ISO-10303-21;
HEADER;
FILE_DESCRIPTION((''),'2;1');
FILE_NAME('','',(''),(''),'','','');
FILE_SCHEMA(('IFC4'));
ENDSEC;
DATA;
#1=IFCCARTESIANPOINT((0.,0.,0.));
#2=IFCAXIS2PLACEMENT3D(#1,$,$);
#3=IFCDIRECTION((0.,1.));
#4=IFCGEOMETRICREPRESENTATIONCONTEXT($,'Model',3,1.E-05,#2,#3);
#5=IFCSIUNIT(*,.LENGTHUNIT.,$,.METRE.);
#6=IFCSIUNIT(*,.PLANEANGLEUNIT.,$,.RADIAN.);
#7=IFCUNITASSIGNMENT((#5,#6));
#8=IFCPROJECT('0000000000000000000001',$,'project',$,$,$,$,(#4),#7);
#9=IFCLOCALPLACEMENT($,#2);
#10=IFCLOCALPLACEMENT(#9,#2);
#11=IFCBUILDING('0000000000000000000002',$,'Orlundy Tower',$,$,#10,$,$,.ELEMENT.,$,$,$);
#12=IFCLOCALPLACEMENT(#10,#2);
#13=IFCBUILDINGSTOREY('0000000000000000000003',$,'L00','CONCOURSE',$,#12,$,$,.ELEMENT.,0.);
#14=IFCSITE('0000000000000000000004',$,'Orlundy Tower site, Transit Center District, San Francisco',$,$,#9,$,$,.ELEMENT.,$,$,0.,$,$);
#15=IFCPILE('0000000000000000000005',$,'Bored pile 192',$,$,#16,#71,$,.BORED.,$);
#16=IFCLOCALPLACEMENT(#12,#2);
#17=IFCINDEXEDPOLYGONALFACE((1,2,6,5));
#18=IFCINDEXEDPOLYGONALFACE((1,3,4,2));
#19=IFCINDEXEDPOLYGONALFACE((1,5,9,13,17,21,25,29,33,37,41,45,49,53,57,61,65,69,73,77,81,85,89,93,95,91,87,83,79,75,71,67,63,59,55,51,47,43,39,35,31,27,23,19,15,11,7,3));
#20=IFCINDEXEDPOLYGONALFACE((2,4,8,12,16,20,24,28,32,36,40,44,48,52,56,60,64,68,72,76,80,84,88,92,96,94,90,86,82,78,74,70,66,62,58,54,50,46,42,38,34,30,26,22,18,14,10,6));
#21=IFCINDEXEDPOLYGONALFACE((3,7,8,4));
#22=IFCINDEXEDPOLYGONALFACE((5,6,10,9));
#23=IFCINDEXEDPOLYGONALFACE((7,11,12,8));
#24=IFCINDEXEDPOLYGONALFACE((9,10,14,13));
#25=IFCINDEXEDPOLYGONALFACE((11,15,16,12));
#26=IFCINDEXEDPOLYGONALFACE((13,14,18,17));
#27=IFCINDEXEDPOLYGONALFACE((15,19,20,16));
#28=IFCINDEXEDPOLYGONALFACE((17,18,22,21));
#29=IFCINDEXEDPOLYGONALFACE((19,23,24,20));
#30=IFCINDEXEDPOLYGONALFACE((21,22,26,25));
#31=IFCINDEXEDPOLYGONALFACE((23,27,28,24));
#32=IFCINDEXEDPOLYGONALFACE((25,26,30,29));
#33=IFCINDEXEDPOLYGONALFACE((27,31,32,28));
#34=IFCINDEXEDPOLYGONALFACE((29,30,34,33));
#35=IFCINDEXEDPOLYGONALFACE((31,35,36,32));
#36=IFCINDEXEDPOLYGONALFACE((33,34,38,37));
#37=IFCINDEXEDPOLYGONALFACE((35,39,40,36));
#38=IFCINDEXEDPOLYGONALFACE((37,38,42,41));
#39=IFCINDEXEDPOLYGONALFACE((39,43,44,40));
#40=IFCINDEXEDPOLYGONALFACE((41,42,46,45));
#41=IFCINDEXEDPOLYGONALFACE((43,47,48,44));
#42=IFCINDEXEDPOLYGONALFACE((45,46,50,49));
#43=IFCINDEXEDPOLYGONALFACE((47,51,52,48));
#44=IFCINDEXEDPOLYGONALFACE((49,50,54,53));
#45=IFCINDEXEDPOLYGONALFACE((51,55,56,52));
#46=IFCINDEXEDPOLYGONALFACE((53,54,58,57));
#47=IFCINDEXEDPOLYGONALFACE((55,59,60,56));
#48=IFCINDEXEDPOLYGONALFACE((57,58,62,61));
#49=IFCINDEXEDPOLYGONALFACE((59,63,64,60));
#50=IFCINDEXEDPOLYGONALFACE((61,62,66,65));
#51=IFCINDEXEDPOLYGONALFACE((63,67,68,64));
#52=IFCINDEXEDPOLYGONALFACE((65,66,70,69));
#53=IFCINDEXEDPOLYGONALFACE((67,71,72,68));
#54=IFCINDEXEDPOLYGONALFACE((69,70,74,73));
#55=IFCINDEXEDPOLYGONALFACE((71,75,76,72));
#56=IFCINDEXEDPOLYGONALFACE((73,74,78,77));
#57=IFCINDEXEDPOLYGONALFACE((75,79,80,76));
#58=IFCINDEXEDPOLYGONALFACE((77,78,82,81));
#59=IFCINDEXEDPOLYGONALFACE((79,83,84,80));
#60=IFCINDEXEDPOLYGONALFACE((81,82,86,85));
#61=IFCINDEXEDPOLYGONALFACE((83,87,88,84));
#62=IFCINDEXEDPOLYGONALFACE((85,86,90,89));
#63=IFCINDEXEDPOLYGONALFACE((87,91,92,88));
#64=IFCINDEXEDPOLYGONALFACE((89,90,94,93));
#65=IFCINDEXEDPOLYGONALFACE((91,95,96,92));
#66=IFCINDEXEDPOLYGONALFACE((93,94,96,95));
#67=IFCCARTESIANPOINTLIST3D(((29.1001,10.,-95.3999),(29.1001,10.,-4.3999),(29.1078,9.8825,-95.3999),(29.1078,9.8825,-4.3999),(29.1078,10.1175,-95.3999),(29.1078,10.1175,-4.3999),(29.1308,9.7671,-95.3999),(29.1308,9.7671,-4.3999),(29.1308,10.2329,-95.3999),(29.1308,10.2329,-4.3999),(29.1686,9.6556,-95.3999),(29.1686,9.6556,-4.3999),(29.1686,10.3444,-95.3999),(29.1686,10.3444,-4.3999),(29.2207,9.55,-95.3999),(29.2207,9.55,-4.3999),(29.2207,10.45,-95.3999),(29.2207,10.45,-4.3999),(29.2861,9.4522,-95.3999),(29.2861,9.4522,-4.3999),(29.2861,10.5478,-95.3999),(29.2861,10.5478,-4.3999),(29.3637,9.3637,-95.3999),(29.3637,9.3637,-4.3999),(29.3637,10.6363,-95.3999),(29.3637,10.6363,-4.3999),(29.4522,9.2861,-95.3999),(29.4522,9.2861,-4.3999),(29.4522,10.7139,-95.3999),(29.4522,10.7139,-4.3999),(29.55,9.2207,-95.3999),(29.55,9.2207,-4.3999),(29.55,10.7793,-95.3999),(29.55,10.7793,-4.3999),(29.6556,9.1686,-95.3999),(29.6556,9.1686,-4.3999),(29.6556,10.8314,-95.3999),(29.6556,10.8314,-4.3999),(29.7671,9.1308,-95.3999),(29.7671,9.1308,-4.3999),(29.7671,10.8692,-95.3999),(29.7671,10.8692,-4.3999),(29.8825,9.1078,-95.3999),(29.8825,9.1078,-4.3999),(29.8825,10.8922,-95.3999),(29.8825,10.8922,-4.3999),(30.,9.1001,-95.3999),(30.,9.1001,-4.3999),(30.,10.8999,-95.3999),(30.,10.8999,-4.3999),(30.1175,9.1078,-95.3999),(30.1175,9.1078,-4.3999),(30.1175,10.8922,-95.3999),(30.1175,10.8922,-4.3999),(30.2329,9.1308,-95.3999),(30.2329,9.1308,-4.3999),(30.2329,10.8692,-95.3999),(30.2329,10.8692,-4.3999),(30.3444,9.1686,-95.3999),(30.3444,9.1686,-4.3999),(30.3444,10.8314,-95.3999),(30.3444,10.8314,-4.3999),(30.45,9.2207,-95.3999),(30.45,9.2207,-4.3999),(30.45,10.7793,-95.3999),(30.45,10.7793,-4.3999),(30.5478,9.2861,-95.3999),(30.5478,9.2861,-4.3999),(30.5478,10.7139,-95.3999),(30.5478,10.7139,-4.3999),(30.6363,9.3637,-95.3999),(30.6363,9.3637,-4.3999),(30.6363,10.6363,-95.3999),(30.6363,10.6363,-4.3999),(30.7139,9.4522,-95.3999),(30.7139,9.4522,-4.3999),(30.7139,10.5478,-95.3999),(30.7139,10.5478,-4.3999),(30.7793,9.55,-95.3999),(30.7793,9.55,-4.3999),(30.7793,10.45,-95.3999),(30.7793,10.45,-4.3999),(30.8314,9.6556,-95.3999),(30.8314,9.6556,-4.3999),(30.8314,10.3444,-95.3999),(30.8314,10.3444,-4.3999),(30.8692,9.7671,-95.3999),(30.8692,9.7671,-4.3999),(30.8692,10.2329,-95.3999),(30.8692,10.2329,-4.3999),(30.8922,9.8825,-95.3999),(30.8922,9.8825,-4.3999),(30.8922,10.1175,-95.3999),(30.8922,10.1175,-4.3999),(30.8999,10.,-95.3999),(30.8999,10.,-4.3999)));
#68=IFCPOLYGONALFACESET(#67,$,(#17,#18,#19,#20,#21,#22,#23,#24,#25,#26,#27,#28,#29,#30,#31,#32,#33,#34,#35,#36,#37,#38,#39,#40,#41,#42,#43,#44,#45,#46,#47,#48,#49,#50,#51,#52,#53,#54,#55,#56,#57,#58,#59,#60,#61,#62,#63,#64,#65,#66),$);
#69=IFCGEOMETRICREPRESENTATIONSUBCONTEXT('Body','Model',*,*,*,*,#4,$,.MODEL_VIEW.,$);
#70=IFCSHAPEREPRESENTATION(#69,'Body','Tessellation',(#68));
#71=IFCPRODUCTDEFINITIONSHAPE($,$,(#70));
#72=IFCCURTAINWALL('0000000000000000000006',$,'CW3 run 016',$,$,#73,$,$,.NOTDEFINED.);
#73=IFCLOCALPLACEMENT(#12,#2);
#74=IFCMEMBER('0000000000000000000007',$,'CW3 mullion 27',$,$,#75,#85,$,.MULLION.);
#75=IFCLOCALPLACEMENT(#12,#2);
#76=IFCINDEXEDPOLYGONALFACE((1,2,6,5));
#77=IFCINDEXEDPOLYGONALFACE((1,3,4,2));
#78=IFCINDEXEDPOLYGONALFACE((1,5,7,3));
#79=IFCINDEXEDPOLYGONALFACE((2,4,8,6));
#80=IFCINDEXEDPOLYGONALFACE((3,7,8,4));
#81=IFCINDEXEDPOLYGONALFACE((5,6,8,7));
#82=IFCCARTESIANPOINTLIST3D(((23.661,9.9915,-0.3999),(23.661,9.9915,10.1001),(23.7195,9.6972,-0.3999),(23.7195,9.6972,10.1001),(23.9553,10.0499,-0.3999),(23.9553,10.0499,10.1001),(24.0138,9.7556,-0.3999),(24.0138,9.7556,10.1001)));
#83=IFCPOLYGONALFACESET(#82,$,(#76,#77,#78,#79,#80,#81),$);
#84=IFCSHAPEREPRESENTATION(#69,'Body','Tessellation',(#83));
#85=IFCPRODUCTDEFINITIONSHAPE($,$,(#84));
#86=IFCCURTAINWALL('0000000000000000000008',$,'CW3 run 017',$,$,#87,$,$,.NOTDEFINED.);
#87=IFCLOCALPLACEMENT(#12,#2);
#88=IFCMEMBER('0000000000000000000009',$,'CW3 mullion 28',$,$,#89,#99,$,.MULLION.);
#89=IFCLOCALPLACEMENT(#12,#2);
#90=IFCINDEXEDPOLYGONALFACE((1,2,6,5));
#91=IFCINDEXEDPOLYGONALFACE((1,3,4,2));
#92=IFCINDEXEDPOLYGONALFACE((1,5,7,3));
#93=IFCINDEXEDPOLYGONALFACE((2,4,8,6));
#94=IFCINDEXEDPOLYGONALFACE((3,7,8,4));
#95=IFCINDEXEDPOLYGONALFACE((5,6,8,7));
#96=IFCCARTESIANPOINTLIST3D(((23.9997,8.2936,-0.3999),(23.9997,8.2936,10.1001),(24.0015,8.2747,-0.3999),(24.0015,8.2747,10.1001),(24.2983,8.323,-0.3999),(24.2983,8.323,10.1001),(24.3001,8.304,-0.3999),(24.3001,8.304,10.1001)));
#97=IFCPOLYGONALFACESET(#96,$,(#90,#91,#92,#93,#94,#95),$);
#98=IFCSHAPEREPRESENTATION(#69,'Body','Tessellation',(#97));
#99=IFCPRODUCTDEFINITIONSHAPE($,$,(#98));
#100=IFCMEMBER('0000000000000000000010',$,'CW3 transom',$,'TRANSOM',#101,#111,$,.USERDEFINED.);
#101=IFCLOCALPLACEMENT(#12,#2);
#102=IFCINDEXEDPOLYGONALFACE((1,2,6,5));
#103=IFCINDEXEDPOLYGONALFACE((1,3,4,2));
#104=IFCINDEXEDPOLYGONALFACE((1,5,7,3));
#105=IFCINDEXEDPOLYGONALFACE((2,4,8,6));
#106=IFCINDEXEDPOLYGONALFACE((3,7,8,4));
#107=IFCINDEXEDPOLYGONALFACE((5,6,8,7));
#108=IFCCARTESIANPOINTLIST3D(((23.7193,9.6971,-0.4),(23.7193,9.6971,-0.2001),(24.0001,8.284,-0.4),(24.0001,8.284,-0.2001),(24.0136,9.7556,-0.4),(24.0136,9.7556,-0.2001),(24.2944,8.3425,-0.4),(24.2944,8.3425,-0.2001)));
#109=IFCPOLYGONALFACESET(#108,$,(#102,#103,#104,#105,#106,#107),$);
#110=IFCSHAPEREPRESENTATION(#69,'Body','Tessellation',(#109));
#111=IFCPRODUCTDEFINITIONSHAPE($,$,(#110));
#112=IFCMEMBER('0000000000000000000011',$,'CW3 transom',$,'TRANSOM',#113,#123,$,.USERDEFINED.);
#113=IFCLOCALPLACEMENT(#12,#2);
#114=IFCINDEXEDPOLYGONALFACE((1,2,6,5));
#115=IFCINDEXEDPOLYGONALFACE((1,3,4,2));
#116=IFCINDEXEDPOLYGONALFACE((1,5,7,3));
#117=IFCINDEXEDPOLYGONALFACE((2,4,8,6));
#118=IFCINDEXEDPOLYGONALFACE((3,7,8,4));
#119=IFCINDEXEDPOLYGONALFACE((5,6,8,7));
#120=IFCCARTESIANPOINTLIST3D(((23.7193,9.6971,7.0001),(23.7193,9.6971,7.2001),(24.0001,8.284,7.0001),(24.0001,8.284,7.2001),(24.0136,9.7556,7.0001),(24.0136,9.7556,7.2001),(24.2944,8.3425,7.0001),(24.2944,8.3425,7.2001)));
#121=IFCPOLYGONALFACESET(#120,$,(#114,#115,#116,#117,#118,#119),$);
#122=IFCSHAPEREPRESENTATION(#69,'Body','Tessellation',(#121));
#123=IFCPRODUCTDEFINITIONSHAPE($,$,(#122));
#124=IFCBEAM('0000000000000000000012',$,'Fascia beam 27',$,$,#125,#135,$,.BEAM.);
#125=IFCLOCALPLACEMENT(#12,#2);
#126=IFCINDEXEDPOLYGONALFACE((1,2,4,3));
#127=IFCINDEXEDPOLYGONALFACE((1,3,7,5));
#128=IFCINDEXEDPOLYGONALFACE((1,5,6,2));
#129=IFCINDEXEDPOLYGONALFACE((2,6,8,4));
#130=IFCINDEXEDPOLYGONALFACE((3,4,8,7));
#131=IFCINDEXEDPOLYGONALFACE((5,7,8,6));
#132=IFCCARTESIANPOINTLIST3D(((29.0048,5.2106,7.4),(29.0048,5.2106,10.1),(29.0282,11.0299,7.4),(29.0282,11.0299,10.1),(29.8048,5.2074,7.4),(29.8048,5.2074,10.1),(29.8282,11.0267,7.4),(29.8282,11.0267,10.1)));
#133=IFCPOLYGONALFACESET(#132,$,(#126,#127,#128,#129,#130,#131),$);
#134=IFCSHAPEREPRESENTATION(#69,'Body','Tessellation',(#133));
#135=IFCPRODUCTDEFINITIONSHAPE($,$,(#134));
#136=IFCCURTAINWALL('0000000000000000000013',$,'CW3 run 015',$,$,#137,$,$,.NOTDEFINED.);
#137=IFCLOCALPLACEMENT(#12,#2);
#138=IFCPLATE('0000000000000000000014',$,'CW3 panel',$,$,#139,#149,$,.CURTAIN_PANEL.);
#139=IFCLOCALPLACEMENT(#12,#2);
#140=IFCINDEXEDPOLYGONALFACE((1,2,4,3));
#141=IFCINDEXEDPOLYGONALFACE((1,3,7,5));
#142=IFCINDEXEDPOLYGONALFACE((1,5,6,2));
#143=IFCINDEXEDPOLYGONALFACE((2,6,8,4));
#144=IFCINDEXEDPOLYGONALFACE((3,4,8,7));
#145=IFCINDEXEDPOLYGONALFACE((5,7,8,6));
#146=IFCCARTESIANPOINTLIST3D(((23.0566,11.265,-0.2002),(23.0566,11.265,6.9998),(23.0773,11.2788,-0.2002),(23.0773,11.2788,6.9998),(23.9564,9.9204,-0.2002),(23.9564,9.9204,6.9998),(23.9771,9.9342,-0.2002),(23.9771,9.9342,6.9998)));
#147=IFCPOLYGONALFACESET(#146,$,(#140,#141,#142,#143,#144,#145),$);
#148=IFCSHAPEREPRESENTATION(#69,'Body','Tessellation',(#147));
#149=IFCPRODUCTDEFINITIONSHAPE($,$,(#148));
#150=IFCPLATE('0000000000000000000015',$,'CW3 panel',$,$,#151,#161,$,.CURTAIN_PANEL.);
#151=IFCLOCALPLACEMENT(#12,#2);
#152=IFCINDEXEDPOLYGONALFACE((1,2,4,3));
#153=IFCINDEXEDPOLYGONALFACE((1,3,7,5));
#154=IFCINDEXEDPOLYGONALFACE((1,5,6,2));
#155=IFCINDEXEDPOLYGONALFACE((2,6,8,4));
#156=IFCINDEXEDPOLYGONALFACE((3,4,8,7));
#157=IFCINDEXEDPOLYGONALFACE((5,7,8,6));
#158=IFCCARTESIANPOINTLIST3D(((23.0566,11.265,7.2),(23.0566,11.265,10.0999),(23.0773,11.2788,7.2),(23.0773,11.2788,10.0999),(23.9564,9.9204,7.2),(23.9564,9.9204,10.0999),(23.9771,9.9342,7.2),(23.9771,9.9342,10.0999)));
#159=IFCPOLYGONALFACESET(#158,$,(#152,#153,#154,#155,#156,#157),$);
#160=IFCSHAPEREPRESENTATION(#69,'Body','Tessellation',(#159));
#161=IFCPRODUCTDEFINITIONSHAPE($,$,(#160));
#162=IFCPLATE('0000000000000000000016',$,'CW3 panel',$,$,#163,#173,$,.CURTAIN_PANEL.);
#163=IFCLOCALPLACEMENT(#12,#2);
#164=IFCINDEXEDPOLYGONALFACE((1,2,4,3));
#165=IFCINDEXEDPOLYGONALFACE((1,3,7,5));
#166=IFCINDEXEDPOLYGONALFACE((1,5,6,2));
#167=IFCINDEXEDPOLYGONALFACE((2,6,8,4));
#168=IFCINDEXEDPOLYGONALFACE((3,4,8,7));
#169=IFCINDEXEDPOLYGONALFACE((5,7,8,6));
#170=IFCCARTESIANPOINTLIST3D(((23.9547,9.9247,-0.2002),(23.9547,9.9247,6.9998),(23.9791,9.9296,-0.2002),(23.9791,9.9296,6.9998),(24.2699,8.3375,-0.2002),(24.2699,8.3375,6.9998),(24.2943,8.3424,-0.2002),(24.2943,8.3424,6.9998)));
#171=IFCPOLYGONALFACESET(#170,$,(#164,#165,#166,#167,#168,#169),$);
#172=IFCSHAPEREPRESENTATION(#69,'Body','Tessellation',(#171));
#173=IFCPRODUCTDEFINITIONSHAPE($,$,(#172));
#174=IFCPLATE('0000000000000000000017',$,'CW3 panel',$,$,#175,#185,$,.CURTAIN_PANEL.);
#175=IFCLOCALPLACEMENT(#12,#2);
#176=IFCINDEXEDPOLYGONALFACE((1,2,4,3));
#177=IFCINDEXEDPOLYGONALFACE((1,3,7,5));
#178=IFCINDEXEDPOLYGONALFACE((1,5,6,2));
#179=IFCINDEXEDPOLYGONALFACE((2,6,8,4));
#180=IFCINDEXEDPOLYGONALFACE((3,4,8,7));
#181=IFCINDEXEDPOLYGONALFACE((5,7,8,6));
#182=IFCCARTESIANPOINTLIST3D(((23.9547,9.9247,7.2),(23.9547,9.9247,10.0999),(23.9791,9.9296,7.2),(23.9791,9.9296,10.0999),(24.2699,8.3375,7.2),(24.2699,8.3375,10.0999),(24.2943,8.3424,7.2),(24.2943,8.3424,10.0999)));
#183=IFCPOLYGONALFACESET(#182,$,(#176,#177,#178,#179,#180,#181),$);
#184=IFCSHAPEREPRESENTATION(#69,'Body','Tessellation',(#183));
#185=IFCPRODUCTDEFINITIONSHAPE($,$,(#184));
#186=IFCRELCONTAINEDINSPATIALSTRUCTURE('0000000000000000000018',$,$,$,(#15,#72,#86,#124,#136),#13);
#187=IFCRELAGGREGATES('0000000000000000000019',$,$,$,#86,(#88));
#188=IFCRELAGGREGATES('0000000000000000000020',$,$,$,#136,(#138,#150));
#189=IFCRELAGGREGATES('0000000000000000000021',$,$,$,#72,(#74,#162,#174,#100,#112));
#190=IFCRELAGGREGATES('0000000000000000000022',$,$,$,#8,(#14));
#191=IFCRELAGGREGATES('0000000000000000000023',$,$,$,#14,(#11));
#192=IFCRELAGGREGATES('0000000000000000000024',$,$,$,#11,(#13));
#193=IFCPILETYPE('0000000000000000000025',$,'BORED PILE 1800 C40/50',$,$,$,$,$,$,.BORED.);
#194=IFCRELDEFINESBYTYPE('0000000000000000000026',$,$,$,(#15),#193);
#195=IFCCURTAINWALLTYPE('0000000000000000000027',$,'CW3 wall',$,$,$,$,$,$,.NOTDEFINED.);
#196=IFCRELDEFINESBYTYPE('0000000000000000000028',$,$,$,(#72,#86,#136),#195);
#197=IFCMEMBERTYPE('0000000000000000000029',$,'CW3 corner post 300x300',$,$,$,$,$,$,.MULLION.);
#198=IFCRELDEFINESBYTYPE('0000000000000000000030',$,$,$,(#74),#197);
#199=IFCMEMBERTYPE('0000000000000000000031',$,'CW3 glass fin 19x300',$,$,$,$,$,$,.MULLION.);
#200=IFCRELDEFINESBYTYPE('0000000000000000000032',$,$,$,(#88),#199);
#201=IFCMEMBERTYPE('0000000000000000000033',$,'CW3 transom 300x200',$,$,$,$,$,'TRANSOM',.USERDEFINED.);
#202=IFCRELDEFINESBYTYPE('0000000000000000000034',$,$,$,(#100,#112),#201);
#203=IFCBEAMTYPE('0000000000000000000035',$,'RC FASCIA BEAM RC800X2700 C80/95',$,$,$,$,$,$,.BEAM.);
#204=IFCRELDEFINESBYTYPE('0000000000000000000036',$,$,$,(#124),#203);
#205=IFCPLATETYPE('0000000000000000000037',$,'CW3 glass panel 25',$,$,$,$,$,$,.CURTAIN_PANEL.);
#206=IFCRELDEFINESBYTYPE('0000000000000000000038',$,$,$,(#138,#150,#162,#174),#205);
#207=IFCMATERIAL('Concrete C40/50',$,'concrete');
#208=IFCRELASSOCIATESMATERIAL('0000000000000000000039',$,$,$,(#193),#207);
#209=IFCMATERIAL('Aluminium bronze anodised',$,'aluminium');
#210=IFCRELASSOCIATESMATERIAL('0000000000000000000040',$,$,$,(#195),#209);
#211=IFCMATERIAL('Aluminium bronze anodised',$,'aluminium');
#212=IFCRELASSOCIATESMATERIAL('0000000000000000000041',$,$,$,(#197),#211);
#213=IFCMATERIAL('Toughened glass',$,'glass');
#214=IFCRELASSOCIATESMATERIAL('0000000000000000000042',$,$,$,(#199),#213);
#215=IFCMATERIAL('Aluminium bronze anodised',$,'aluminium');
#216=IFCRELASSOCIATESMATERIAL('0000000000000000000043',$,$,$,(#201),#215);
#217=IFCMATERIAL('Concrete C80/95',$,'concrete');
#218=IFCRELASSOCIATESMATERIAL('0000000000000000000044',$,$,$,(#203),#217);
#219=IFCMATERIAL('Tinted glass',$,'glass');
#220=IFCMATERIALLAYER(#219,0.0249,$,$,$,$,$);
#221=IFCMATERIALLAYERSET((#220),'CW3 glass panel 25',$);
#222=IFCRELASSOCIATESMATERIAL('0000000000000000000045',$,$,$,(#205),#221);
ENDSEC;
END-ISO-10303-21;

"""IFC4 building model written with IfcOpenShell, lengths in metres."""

from ifc_helpers import new_model, si_unit, direction, frame, origin, origin_2d, place, context, subcontext, project, spatial, rectangle, circle, extrude, material, layer, layer_set, material_profile, profile_set, type_object, element, aggregate, save


model = new_model("IFC4")

# Units and contexts
model_context = context("Model", 3, precision=1e-05, world=origin(), true_north=direction((0.0, 1.0)))
body_context = subcontext(model_context, "Body", "Model", "MODEL_VIEW")
ifc_project = project(units=[si_unit("LENGTHUNIT", "METRE"), si_unit("PLANEANGLEUNIT", "RADIAN")], contexts=[model_context])

# Site, building, storey
site_placement = place(None, origin())
site = spatial("IfcSite", under=ifc_project, at=site_placement, Name="Orlundy Tower site, Transit Center District, San Francisco", CompositionType="ELEMENT", RefElevation=0.0)
building_placement = place(site_placement, origin())
building = spatial("IfcBuilding", under=site, at=building_placement, Name="Orlundy Tower", CompositionType="ELEMENT")
storey_placement = place(building_placement, origin())
storey = spatial("IfcBuildingStorey", under=building, at=storey_placement, Name="L00", Description="CONCOURSE", CompositionType="ELEMENT", Elevation=0.0)

# Pile
ifc_material_1 = material(Name="Concrete C40/50", Category="concrete")
ifc_material_profile_1 = material_profile(ifc_material_1, circle(Radius=0.8999, at=origin_2d()), Name="BP1800")
ifc_profile_set_1 = profile_set([ifc_material_profile_1], Name="Concrete C40/50")
pile_type = type_object("IfcPileType", Name="BORED PILE 1800 C40/50", PredefinedType="BORED", material=ifc_profile_set_1)
for number, where, z_axis, x_axis, name in (
    (1, (30.0, 10.0, -4.3999), (0.0, 0.0, -1.0), (1.0, 0.0, 0.0), "Bored pile 192"),
):
    element("IfcPile", number, at=place(storey_placement, frame(where, z_axis=z_axis, x_axis=x_axis)), inside=storey, type_object=pile_type, Name=name, PredefinedType="BORED", context=body_context, shape_type="SweptSolid", body=[
        extrude(circle(Radius=0.8999, at=origin_2d()), origin(), (0.0, 0.0, 1.0), 91.0),
    ])

# Curtain walls, members
ifc_material_2 = material(Name="Aluminium bronze anodised", Category="aluminium")
curtain_wall_type = type_object("IfcCurtainWallType", Name="CW3 wall", PredefinedType="NOTDEFINED", material=ifc_material_2)
curtain_wall_1_placement = place(storey_placement, origin())
curtain_wall_1 = element("IfcCurtainWall", 2, at=curtain_wall_1_placement, inside=storey, type_object=curtain_wall_type, Name="CW3 run 016", PredefinedType="NOTDEFINED")
ifc_material_3 = material(Name="Aluminium bronze anodised", Category="aluminium")
ifc_material_profile_2 = material_profile(ifc_material_3, rectangle(XDim=0.3, YDim=0.3, at=origin_2d()), Name="CW3 corner post 300x300")
ifc_profile_set_2 = profile_set([ifc_material_profile_2], Name="Aluminium bronze anodised")
member_type_1 = type_object("IfcMemberType", Name="CW3 corner post 300x300", PredefinedType="MULLION", material=ifc_profile_set_2)
member_1_placement = place(storey_placement, frame((23.8374, 9.8735, -0.3999), z_axis=(0.0, 0.0, 1.0), x_axis=(0.980851, 0.194761, 0.0)))
member_1 = element("IfcMember", 3, at=member_1_placement, type_object=member_type_1, Name="CW3 mullion 27", PredefinedType="MULLION", context=body_context, shape_type="SweptSolid", body=[
    extrude(rectangle(XDim=0.3, YDim=0.3, at=origin_2d()), origin(), (0.0, 0.0, 1.0), 10.5),
])
curtain_wall_2_placement = place(storey_placement, origin())
curtain_wall_2 = element("IfcCurtainWall", 4, at=curtain_wall_2_placement, inside=storey, type_object=curtain_wall_type, Name="CW3 run 017", PredefinedType="NOTDEFINED")
ifc_material_4 = material(Name="Toughened glass", Category="glass")
ifc_material_profile_3 = material_profile(ifc_material_4, rectangle(XDim=0.3, YDim=0.019, at=origin_2d()), Name="CW3 glass fin 19x300")
ifc_profile_set_3 = profile_set([ifc_material_profile_3], Name="Toughened glass")
member_type_2 = type_object("IfcMemberType", Name="CW3 glass fin 19x300", PredefinedType="MULLION", material=ifc_profile_set_3)
member_2_placement = place(storey_placement, frame((24.1499, 8.2988, -0.3999), z_axis=(0.0, 0.0, 1.0), x_axis=(0.995201, 0.09785, 0.0)))
member_2 = element("IfcMember", 5, at=member_2_placement, type_object=member_type_2, Name="CW3 mullion 28", PredefinedType="MULLION", context=body_context, shape_type="SweptSolid", body=[
    extrude(rectangle(XDim=0.3, YDim=0.019, at=origin_2d()), origin(), (0.0, 0.0, 1.0), 10.5),
])
aggregate(curtain_wall_2, [member_2])

# Members
ifc_material_5 = material(Name="Aluminium bronze anodised", Category="aluminium")
ifc_material_profile_4 = material_profile(ifc_material_5, rectangle(XDim=0.3, YDim=0.2, at=origin_2d()), Name="CW3 transom 300x200")
ifc_profile_set_4 = profile_set([ifc_material_profile_4], Name="Aluminium bronze anodised")
member_type_3 = type_object("IfcMemberType", Name="CW3 transom 300x200", ElementType="TRANSOM", PredefinedType="USERDEFINED", material=ifc_profile_set_4)
member_3_placement = place(storey_placement, frame((23.8665, 9.7263, -0.3), z_axis=(0.194878, -0.980828, 0.0), x_axis=(0.980828, 0.194878, 0.0)))
member_3 = element("IfcMember", 6, at=member_3_placement, type_object=member_type_3, Name="CW3 transom", ObjectType="TRANSOM", PredefinedType="USERDEFINED", context=body_context, shape_type="SweptSolid", body=[
    extrude(rectangle(XDim=0.3, YDim=0.2, at=origin_2d()), origin(), (0.0, 0.0, 1.0), 1.4407),
])
member_4_placement = place(storey_placement, frame((23.8665, 9.7263, 7.1001), z_axis=(0.194878, -0.980828, 0.0), x_axis=(0.980828, 0.194878, 0.0)))
member_4 = element("IfcMember", 7, at=member_4_placement, type_object=member_type_3, Name="CW3 transom", ObjectType="TRANSOM", PredefinedType="USERDEFINED", context=body_context, shape_type="SweptSolid", body=[
    extrude(rectangle(XDim=0.3, YDim=0.2, at=origin_2d()), origin(), (0.0, 0.0, 1.0), 1.4407),
])

# Beam
ifc_material_6 = material(Name="Concrete C80/95", Category="concrete")
ifc_material_profile_5 = material_profile(ifc_material_6, rectangle(XDim=0.8, YDim=2.7, at=origin_2d()), Name="RC800X2700")
ifc_profile_set_5 = profile_set([ifc_material_profile_5], Name="Concrete C80/95")
beam_type = type_object("IfcBeamType", Name="RC FASCIA BEAM RC800X2700 C80/95", PredefinedType="BEAM", material=ifc_profile_set_5)
beam_placement = place(storey_placement, frame((29.4282, 11.0283, 8.75), z_axis=(-0.004027, -0.999992, 0.0), x_axis=(0.999992, -0.004027, 0.0)))
element("IfcBeam", 8, at=beam_placement, inside=storey, type_object=beam_type, Name="Fascia beam 27", PredefinedType="BEAM", context=body_context, shape_type="SweptSolid", body=[
    extrude(rectangle(XDim=0.8, YDim=2.7, at=origin_2d()), origin(), (0.0, 0.0, 1.0), 5.8193),
])

# Curtain wall, plates
curtain_wall_3_placement = place(storey_placement, origin())
curtain_wall_3 = element("IfcCurtainWall", 9, at=curtain_wall_3_placement, inside=storey, type_object=curtain_wall_type, Name="CW3 run 015", PredefinedType="NOTDEFINED")
ifc_material_7 = material(Name="Tinted glass", Category="glass")
ifc_layer_1 = layer(ifc_material_7, 0.0249)
ifc_layer_set_1 = layer_set([ifc_layer_1], Name="CW3 glass panel 25")
plate_type = type_object("IfcPlateType", Name="CW3 glass panel 25", PredefinedType="CURTAIN_PANEL", material=ifc_layer_set_1)
plate_1_placement = place(storey_placement, frame((23.5168, 10.5996, -0.2002), z_axis=(0.0, 0.0, 1.0), x_axis=(0.556178, -0.831063, 0.0)))
plate_1 = element("IfcPlate", 10, at=plate_1_placement, type_object=plate_type, Name="CW3 panel", PredefinedType="CURTAIN_PANEL", context=body_context, shape_type="SweptSolid", body=[
    extrude(rectangle(XDim=1.6179, YDim=0.0249, at=origin_2d()), origin(), (0.0, 0.0, 1.0), 7.2),
])
plate_2_placement = place(storey_placement, frame((23.5168, 10.5996, 7.2), z_axis=(0.0, 0.0, 1.0), x_axis=(0.556178, -0.831063, 0.0)))
plate_2 = element("IfcPlate", 11, at=plate_2_placement, type_object=plate_type, Name="CW3 panel", PredefinedType="CURTAIN_PANEL", context=body_context, shape_type="SweptSolid", body=[
    extrude(rectangle(XDim=1.6179, YDim=0.0249, at=origin_2d()), origin(), (0.0, 0.0, 1.0), 2.8999),
])
aggregate(curtain_wall_3, [plate_1, plate_2])

# Plates
plate_3_placement = place(storey_placement, frame((24.1245, 9.1335, -0.2002), z_axis=(0.0, 0.0, 1.0), x_axis=(0.194761, -0.980851, 0.0)))
plate_3 = element("IfcPlate", 12, at=plate_3_placement, type_object=plate_type, Name="CW3 panel", PredefinedType="CURTAIN_PANEL", context=body_context, shape_type="SweptSolid", body=[
    extrude(rectangle(XDim=1.6182, YDim=0.0249, at=origin_2d()), origin(), (0.0, 0.0, 1.0), 7.2),
])
plate_4_placement = place(storey_placement, frame((24.1245, 9.1335, 7.2), z_axis=(0.0, 0.0, 1.0), x_axis=(0.194761, -0.980851, 0.0)))
plate_4 = element("IfcPlate", 13, at=plate_4_placement, type_object=plate_type, Name="CW3 panel", PredefinedType="CURTAIN_PANEL", context=body_context, shape_type="SweptSolid", body=[
    extrude(rectangle(XDim=1.6182, YDim=0.0249, at=origin_2d()), origin(), (0.0, 0.0, 1.0), 2.8999),
])
aggregate(curtain_wall_1, [member_1, plate_3, plate_4, member_3, member_4])

save(model, "model.ifc")
